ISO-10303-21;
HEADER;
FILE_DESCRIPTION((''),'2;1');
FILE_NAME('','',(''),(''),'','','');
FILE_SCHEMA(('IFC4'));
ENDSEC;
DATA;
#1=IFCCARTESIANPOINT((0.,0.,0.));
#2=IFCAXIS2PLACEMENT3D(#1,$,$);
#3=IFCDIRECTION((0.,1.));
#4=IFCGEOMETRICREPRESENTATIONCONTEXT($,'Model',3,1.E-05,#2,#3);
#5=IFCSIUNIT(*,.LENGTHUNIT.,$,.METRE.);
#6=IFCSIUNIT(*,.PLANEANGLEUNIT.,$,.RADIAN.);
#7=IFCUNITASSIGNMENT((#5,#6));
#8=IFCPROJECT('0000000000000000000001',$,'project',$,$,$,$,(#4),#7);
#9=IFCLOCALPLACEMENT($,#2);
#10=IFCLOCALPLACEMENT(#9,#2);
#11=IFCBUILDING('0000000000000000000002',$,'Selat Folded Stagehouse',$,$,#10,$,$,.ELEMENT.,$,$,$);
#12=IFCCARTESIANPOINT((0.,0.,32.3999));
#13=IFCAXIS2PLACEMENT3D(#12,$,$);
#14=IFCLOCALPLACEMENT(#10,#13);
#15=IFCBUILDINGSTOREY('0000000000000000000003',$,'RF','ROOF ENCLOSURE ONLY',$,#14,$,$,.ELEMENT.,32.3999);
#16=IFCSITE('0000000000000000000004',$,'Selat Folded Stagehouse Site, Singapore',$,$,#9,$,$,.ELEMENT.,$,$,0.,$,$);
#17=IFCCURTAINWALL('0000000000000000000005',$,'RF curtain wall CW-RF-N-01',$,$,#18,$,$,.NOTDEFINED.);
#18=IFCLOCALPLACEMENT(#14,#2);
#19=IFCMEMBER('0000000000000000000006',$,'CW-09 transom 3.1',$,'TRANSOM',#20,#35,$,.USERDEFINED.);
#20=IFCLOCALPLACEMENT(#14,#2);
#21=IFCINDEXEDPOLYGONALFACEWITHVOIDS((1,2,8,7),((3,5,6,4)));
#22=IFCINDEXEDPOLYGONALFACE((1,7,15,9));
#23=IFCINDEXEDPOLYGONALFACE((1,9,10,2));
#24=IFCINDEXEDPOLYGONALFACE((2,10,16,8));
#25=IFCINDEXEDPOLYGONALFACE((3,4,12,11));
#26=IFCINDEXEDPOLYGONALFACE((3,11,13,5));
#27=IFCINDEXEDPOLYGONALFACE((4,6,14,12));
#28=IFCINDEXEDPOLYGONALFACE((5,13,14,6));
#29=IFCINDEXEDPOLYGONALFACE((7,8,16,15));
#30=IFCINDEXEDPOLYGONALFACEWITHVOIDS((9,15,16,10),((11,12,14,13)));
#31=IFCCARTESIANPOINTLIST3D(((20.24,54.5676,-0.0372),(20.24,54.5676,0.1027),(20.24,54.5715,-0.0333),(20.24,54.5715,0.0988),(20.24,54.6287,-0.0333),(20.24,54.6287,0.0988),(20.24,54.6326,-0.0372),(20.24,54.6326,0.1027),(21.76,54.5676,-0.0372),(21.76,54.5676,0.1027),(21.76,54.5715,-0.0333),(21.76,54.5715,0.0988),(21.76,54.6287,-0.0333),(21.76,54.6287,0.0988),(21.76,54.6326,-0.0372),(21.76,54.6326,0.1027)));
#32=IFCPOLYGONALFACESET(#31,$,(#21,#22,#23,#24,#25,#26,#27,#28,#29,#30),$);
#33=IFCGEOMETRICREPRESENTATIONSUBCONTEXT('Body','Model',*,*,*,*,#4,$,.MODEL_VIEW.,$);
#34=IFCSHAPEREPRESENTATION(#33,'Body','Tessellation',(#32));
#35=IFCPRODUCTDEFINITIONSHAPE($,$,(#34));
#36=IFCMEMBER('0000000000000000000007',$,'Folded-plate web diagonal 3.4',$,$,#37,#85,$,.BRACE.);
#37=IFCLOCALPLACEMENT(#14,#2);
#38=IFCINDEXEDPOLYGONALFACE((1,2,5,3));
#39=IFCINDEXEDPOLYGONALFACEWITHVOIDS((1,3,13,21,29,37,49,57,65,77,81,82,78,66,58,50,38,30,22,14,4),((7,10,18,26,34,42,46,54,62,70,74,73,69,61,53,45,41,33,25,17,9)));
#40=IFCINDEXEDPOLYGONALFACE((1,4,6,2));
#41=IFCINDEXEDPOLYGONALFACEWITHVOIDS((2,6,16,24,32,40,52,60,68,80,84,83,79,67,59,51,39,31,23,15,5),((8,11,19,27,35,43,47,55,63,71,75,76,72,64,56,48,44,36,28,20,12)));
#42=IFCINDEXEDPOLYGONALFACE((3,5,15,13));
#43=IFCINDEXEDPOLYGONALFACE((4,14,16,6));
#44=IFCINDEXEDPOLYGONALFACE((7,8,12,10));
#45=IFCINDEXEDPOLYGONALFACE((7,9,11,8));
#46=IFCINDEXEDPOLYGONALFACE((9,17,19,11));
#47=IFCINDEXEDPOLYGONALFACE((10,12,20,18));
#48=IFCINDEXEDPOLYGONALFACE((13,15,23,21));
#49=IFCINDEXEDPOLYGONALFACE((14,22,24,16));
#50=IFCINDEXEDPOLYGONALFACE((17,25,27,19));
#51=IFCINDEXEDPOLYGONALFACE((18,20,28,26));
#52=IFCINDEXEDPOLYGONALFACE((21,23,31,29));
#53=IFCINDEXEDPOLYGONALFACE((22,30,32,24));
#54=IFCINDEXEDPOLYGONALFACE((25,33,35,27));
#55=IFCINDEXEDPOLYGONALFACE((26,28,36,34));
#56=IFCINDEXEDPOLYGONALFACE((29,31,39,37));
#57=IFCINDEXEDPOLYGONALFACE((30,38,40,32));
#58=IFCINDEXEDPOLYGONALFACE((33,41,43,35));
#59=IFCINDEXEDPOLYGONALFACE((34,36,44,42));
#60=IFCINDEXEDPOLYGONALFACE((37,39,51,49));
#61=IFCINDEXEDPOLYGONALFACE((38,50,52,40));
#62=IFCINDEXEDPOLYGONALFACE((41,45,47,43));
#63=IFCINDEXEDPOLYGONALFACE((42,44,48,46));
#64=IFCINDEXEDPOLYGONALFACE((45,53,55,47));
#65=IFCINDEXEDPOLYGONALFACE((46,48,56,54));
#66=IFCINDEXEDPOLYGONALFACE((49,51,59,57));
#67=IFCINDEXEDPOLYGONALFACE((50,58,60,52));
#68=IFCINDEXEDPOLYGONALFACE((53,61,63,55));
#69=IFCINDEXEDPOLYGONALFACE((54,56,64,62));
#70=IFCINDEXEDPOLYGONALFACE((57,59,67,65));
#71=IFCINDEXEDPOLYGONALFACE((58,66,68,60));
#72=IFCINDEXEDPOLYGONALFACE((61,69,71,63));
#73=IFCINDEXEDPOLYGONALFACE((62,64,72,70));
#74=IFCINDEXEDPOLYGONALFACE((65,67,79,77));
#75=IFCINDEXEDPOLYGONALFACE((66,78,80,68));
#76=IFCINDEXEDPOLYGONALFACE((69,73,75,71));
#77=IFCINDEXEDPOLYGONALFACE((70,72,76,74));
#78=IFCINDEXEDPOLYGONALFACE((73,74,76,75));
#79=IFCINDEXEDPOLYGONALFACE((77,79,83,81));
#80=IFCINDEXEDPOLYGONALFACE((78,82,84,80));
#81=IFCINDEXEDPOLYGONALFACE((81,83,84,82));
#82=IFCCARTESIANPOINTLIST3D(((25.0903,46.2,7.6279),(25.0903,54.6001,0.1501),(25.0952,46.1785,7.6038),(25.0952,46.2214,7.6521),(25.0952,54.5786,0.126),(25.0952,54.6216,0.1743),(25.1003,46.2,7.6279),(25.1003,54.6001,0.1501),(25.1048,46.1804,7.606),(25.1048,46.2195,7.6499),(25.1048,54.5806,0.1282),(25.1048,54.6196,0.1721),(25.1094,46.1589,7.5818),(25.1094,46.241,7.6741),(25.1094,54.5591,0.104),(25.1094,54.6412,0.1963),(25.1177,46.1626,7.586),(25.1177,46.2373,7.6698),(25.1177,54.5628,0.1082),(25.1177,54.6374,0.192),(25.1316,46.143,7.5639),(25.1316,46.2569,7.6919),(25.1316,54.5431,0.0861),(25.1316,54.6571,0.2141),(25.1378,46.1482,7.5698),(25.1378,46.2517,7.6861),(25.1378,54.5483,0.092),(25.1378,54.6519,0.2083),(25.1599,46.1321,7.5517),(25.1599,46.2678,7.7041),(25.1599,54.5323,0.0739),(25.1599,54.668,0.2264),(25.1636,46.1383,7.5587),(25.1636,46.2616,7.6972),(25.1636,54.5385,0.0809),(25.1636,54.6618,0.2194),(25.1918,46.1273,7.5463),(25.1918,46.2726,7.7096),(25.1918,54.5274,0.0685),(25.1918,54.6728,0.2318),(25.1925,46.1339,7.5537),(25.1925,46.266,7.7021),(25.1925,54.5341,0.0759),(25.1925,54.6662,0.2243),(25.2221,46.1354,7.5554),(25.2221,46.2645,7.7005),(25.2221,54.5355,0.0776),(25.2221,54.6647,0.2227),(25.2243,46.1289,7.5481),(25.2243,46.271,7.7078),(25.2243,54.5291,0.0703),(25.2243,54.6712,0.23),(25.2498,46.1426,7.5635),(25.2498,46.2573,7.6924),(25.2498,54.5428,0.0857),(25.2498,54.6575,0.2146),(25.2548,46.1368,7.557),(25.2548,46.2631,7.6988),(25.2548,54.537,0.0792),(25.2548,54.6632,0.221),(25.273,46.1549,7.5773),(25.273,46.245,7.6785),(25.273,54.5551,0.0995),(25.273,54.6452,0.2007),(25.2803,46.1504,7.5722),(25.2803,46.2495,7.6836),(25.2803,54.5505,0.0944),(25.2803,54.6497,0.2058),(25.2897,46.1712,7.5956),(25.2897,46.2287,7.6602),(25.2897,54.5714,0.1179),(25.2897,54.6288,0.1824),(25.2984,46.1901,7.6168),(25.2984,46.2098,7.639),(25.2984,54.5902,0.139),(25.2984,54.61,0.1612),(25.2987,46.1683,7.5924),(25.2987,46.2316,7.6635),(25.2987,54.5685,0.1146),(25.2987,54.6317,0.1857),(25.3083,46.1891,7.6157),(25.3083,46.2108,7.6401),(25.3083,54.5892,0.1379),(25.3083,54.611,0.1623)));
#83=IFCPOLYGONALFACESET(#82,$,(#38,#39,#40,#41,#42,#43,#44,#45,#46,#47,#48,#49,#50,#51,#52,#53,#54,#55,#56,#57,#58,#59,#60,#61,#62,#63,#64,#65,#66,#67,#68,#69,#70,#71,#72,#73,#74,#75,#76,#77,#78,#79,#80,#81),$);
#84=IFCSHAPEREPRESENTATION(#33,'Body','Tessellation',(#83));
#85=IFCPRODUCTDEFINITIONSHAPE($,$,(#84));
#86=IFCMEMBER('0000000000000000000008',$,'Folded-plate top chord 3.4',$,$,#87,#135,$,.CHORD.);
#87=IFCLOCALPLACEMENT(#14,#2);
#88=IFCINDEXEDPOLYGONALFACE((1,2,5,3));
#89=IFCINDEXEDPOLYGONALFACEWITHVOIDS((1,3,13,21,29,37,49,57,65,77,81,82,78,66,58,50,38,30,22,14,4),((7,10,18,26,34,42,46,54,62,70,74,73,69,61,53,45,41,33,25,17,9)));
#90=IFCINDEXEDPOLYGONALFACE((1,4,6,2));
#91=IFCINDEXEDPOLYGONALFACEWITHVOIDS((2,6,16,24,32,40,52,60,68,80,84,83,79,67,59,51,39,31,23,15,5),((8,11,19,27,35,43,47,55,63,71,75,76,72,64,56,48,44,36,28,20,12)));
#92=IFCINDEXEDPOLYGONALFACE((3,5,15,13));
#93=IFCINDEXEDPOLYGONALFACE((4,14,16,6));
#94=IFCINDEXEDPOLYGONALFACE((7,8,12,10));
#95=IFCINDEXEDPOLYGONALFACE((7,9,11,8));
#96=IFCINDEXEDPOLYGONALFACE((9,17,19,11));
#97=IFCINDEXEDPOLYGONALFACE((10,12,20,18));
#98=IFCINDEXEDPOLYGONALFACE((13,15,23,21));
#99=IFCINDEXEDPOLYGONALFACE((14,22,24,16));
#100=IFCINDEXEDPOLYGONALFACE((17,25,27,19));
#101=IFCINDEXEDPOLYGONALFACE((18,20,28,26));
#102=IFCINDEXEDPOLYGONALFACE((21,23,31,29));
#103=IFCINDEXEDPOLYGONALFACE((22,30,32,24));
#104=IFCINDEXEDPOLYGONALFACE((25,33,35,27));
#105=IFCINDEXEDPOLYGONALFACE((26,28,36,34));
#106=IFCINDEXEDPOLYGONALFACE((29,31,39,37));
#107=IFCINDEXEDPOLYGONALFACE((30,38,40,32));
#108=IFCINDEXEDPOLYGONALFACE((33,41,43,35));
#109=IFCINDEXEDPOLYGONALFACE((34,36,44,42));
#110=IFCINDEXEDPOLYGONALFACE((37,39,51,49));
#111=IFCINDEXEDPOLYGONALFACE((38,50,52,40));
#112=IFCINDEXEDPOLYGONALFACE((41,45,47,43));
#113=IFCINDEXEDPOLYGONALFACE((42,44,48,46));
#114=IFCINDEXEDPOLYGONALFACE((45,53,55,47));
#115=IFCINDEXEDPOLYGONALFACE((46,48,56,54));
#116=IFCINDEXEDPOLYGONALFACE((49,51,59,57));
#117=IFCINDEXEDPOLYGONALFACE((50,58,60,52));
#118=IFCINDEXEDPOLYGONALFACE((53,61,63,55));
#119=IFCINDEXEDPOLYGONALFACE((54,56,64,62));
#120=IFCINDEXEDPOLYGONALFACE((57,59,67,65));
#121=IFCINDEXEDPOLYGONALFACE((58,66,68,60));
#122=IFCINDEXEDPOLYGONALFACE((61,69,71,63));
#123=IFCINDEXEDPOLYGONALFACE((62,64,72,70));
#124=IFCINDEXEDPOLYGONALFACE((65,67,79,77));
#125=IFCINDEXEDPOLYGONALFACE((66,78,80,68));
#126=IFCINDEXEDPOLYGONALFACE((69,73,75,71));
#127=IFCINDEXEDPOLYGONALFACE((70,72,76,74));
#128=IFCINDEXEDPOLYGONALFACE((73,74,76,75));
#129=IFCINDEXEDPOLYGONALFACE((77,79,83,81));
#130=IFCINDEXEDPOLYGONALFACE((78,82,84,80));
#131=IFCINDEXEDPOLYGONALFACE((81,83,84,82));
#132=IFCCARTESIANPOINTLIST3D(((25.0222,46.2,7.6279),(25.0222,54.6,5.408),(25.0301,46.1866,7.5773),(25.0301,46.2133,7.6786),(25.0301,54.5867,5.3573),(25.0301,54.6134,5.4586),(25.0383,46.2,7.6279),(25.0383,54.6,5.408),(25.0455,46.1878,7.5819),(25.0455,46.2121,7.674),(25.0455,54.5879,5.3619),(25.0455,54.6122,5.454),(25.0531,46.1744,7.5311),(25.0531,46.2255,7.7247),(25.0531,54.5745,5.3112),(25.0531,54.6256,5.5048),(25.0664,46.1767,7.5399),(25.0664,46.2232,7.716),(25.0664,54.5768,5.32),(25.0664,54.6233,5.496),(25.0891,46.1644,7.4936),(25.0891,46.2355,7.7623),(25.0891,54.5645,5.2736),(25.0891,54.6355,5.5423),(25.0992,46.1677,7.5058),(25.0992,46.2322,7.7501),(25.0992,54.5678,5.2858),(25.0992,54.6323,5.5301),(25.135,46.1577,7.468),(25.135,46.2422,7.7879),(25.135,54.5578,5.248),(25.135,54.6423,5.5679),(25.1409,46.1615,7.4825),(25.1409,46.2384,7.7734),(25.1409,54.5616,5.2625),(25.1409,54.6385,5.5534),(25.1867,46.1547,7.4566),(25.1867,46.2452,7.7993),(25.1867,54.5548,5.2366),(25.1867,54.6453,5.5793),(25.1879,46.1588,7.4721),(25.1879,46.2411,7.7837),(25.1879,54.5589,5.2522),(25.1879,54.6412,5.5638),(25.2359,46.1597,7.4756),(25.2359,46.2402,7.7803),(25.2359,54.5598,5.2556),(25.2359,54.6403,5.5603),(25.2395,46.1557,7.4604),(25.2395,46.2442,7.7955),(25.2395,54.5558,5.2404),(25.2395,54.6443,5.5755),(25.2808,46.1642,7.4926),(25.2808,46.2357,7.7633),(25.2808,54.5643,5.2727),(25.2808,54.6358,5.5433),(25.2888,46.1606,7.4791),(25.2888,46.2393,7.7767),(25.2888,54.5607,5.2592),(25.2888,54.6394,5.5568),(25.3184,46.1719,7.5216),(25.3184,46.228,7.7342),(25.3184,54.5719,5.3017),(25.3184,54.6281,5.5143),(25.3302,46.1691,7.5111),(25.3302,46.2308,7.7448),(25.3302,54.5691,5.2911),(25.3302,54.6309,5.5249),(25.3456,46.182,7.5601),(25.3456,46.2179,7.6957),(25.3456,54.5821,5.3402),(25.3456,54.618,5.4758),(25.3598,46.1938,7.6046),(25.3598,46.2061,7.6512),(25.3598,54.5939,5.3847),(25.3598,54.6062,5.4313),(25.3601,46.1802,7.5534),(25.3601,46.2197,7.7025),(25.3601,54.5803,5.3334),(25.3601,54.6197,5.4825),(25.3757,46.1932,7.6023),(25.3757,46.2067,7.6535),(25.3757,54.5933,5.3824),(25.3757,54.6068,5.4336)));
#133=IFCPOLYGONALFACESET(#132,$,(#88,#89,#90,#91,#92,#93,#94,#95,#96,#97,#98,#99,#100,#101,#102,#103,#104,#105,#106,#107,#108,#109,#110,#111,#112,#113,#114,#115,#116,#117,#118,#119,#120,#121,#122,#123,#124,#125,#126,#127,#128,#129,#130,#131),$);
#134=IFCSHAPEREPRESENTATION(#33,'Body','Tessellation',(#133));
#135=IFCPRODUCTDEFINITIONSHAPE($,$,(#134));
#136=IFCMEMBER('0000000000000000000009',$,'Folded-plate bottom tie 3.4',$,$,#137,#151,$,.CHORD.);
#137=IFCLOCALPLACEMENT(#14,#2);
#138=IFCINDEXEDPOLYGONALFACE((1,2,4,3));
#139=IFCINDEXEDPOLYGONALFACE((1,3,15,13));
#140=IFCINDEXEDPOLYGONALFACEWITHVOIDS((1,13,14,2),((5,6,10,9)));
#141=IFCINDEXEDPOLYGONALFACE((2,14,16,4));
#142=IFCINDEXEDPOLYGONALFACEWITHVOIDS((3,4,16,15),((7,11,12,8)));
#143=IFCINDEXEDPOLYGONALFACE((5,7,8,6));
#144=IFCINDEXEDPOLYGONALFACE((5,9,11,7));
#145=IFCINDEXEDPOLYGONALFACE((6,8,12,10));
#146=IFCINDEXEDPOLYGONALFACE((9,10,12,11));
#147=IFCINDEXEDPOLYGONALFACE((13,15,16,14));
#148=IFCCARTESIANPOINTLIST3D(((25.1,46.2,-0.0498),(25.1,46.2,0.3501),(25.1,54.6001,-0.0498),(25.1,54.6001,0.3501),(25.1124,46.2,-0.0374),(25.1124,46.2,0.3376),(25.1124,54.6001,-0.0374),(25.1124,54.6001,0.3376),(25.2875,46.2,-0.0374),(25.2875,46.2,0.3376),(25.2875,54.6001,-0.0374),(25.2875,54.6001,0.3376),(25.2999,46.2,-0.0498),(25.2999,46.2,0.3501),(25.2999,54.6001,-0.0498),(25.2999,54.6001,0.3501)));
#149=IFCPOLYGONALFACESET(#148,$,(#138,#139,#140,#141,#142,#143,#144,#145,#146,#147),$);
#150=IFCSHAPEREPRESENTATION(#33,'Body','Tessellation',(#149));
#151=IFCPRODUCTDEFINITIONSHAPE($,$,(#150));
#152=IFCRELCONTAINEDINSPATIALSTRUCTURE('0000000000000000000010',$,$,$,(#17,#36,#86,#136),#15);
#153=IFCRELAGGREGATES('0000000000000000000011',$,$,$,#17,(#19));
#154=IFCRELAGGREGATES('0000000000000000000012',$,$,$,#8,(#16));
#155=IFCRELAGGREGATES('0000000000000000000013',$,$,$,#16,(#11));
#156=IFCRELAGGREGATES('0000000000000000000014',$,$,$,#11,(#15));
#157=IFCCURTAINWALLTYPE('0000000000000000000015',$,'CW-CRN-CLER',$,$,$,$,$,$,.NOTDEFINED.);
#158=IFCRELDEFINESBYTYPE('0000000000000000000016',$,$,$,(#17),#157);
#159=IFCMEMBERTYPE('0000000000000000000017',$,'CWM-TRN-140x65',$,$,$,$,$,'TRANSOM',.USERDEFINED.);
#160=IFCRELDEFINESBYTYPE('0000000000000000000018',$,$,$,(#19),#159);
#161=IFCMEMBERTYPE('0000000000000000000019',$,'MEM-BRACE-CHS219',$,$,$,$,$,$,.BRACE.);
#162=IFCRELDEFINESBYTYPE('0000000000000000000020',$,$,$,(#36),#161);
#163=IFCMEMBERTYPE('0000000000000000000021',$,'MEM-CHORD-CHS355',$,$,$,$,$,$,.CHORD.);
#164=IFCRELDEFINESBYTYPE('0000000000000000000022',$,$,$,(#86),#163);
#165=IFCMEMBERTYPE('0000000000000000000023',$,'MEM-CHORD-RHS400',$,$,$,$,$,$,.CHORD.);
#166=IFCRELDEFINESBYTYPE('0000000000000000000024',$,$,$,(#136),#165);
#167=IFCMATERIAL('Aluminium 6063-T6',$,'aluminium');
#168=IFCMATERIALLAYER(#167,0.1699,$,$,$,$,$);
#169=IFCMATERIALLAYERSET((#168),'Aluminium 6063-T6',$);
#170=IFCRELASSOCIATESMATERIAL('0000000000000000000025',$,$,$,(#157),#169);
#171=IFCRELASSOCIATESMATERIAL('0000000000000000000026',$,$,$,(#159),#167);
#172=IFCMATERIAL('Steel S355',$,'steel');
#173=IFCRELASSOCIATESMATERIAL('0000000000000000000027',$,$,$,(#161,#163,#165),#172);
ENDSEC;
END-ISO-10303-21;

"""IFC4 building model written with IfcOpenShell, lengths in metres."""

from ifc_helpers import new_model, si_unit, direction, frame, origin, origin_2d, place, context, subcontext, project, spatial, hollow_rectangle, hollow_circle, extrude, material, layer, layer_set, material_profile, profile_set, type_object, element, aggregate, save


model = new_model("IFC4")

# Units and contexts
model_context = context("Model", 3, precision=1e-05, world=origin(), true_north=direction((0.0, 1.0)))
body_context = subcontext(model_context, "Body", "Model", "MODEL_VIEW")
ifc_project = project(units=[si_unit("LENGTHUNIT", "METRE"), si_unit("PLANEANGLEUNIT", "RADIAN")], contexts=[model_context])

# Site, building, storey
site_placement = place(None, origin())
site = spatial("IfcSite", under=ifc_project, at=site_placement, Name="Selat Folded Stagehouse Site, Singapore", CompositionType="ELEMENT", RefElevation=0.0)
building_placement = place(site_placement, origin())
building = spatial("IfcBuilding", under=site, at=building_placement, Name="Selat Folded Stagehouse", CompositionType="ELEMENT")
storey_placement = place(building_placement, frame((0.0, 0.0, 32.3999)))
storey = spatial("IfcBuildingStorey", under=building, at=storey_placement, Name="RF", Description="ROOF ENCLOSURE ONLY", CompositionType="ELEMENT", Elevation=32.3999)

# Shared definitions
ifc_material_1 = material(Name="Steel S355", Category="steel")

# Curtain wall, member
ifc_material_2 = material(Name="Aluminium 6063-T6", Category="aluminium")
ifc_layer_1 = layer(ifc_material_2, 0.1699)
ifc_layer_set_1 = layer_set([ifc_layer_1], Name="Aluminium 6063-T6")
curtain_wall_type = type_object("IfcCurtainWallType", Name="CW-CRN-CLER", PredefinedType="NOTDEFINED", material=ifc_layer_set_1)
curtain_wall_placement = place(storey_placement, origin())
curtain_wall = element("IfcCurtainWall", 1, at=curtain_wall_placement, inside=storey, type_object=curtain_wall_type, Name="RF curtain wall CW-RF-N-01", PredefinedType="NOTDEFINED")
ifc_material_profile_1 = material_profile(ifc_material_2, hollow_rectangle(XDim=0.0649, YDim=0.1399, WallThickness=0.0039, at=origin_2d()), Name="ALU 140x65x4.0")
ifc_profile_set_1 = profile_set([ifc_material_profile_1], Name="Aluminium 6063-T6")
member_type_1 = type_object("IfcMemberType", Name="CWM-TRN-140x65", ElementType="TRANSOM", PredefinedType="USERDEFINED", material=ifc_profile_set_1)
member_1_placement = place(storey_placement, frame((20.24, 54.6001, 0.0327), z_axis=(1.0, 0.0, 0.0), x_axis=(0.0, 1.0, 0.0)))
member_1 = element("IfcMember", 2, at=member_1_placement, type_object=member_type_1, Name="CW-09 transom 3.1", ObjectType="TRANSOM", PredefinedType="USERDEFINED", context=body_context, shape_type="SweptSolid", body=[
    extrude(hollow_rectangle(XDim=0.0649, YDim=0.1399, WallThickness=0.0039, at=origin_2d()), origin(), (0.0, 0.0, 1.0), 1.52),
])

# Members
ifc_material_profile_2 = material_profile(ifc_material_1, hollow_circle(Radius=0.1096, WallThickness=0.01, at=origin_2d()), Name="CHS 219.1x10.0")
ifc_profile_set_2 = profile_set([ifc_material_profile_2], Name="Steel S355")
member_type_2 = type_object("IfcMemberType", Name="MEM-BRACE-CHS219", PredefinedType="BRACE", material=ifc_profile_set_2)
member_2_placement = place(storey_placement, frame((25.2, 46.2, 7.6279), z_axis=(0.0, 0.746924, -0.664909), x_axis=(-1.0, 0.0, 0.0)))
element("IfcMember", 3, at=member_2_placement, inside=storey, type_object=member_type_2, Name="Folded-plate web diagonal 3.4", PredefinedType="BRACE", context=body_context, shape_type="SweptSolid", body=[
    extrude(hollow_circle(Radius=0.1096, WallThickness=0.01, at=origin_2d()), origin(), (0.0, 0.0, 1.0), 11.2463),
])
ifc_material_profile_3 = material_profile(ifc_material_1, hollow_circle(Radius=0.1777, WallThickness=0.0161, at=origin_2d()), Name="CHS 355.6x16.0")
ifc_profile_set_3 = profile_set([ifc_material_profile_3], Name="Steel S355")
member_type_3 = type_object("IfcMemberType", Name="MEM-CHORD-CHS355", PredefinedType="CHORD", material=ifc_profile_set_3)
member_3_placement = place(storey_placement, frame((25.2, 46.2, 7.6279), z_axis=(0.0, 0.966808, -0.255506), x_axis=(-1.0, 0.0, 0.0)))
element("IfcMember", 4, at=member_3_placement, inside=storey, type_object=member_type_3, Name="Folded-plate top chord 3.4", PredefinedType="CHORD", context=body_context, shape_type="SweptSolid", body=[
    extrude(hollow_circle(Radius=0.1777, WallThickness=0.0161, at=origin_2d()), origin(), (0.0, 0.0, 1.0), 8.6885),
])
ifc_material_profile_4 = material_profile(ifc_material_1, hollow_rectangle(XDim=0.2, YDim=0.3999, WallThickness=0.0125, at=origin_2d()), Name="RHS 400x200x12.5")
ifc_profile_set_4 = profile_set([ifc_material_profile_4], Name="Steel S355")
member_type_4 = type_object("IfcMemberType", Name="MEM-CHORD-RHS400", PredefinedType="CHORD", material=ifc_profile_set_4)
member_4_placement = place(storey_placement, frame((25.2, 46.2, 0.1501), z_axis=(0.0, 1.0, 0.0), x_axis=(-1.0, 0.0, 0.0)))
element("IfcMember", 5, at=member_4_placement, inside=storey, type_object=member_type_4, Name="Folded-plate bottom tie 3.4", PredefinedType="CHORD", context=body_context, shape_type="SweptSolid", body=[
    extrude(hollow_rectangle(XDim=0.2, YDim=0.3999, WallThickness=0.0125, at=origin_2d()), origin(), (0.0, 0.0, 1.0), 8.4001),
])

aggregate(curtain_wall, [member_1])

save(model, "model.ifc")
